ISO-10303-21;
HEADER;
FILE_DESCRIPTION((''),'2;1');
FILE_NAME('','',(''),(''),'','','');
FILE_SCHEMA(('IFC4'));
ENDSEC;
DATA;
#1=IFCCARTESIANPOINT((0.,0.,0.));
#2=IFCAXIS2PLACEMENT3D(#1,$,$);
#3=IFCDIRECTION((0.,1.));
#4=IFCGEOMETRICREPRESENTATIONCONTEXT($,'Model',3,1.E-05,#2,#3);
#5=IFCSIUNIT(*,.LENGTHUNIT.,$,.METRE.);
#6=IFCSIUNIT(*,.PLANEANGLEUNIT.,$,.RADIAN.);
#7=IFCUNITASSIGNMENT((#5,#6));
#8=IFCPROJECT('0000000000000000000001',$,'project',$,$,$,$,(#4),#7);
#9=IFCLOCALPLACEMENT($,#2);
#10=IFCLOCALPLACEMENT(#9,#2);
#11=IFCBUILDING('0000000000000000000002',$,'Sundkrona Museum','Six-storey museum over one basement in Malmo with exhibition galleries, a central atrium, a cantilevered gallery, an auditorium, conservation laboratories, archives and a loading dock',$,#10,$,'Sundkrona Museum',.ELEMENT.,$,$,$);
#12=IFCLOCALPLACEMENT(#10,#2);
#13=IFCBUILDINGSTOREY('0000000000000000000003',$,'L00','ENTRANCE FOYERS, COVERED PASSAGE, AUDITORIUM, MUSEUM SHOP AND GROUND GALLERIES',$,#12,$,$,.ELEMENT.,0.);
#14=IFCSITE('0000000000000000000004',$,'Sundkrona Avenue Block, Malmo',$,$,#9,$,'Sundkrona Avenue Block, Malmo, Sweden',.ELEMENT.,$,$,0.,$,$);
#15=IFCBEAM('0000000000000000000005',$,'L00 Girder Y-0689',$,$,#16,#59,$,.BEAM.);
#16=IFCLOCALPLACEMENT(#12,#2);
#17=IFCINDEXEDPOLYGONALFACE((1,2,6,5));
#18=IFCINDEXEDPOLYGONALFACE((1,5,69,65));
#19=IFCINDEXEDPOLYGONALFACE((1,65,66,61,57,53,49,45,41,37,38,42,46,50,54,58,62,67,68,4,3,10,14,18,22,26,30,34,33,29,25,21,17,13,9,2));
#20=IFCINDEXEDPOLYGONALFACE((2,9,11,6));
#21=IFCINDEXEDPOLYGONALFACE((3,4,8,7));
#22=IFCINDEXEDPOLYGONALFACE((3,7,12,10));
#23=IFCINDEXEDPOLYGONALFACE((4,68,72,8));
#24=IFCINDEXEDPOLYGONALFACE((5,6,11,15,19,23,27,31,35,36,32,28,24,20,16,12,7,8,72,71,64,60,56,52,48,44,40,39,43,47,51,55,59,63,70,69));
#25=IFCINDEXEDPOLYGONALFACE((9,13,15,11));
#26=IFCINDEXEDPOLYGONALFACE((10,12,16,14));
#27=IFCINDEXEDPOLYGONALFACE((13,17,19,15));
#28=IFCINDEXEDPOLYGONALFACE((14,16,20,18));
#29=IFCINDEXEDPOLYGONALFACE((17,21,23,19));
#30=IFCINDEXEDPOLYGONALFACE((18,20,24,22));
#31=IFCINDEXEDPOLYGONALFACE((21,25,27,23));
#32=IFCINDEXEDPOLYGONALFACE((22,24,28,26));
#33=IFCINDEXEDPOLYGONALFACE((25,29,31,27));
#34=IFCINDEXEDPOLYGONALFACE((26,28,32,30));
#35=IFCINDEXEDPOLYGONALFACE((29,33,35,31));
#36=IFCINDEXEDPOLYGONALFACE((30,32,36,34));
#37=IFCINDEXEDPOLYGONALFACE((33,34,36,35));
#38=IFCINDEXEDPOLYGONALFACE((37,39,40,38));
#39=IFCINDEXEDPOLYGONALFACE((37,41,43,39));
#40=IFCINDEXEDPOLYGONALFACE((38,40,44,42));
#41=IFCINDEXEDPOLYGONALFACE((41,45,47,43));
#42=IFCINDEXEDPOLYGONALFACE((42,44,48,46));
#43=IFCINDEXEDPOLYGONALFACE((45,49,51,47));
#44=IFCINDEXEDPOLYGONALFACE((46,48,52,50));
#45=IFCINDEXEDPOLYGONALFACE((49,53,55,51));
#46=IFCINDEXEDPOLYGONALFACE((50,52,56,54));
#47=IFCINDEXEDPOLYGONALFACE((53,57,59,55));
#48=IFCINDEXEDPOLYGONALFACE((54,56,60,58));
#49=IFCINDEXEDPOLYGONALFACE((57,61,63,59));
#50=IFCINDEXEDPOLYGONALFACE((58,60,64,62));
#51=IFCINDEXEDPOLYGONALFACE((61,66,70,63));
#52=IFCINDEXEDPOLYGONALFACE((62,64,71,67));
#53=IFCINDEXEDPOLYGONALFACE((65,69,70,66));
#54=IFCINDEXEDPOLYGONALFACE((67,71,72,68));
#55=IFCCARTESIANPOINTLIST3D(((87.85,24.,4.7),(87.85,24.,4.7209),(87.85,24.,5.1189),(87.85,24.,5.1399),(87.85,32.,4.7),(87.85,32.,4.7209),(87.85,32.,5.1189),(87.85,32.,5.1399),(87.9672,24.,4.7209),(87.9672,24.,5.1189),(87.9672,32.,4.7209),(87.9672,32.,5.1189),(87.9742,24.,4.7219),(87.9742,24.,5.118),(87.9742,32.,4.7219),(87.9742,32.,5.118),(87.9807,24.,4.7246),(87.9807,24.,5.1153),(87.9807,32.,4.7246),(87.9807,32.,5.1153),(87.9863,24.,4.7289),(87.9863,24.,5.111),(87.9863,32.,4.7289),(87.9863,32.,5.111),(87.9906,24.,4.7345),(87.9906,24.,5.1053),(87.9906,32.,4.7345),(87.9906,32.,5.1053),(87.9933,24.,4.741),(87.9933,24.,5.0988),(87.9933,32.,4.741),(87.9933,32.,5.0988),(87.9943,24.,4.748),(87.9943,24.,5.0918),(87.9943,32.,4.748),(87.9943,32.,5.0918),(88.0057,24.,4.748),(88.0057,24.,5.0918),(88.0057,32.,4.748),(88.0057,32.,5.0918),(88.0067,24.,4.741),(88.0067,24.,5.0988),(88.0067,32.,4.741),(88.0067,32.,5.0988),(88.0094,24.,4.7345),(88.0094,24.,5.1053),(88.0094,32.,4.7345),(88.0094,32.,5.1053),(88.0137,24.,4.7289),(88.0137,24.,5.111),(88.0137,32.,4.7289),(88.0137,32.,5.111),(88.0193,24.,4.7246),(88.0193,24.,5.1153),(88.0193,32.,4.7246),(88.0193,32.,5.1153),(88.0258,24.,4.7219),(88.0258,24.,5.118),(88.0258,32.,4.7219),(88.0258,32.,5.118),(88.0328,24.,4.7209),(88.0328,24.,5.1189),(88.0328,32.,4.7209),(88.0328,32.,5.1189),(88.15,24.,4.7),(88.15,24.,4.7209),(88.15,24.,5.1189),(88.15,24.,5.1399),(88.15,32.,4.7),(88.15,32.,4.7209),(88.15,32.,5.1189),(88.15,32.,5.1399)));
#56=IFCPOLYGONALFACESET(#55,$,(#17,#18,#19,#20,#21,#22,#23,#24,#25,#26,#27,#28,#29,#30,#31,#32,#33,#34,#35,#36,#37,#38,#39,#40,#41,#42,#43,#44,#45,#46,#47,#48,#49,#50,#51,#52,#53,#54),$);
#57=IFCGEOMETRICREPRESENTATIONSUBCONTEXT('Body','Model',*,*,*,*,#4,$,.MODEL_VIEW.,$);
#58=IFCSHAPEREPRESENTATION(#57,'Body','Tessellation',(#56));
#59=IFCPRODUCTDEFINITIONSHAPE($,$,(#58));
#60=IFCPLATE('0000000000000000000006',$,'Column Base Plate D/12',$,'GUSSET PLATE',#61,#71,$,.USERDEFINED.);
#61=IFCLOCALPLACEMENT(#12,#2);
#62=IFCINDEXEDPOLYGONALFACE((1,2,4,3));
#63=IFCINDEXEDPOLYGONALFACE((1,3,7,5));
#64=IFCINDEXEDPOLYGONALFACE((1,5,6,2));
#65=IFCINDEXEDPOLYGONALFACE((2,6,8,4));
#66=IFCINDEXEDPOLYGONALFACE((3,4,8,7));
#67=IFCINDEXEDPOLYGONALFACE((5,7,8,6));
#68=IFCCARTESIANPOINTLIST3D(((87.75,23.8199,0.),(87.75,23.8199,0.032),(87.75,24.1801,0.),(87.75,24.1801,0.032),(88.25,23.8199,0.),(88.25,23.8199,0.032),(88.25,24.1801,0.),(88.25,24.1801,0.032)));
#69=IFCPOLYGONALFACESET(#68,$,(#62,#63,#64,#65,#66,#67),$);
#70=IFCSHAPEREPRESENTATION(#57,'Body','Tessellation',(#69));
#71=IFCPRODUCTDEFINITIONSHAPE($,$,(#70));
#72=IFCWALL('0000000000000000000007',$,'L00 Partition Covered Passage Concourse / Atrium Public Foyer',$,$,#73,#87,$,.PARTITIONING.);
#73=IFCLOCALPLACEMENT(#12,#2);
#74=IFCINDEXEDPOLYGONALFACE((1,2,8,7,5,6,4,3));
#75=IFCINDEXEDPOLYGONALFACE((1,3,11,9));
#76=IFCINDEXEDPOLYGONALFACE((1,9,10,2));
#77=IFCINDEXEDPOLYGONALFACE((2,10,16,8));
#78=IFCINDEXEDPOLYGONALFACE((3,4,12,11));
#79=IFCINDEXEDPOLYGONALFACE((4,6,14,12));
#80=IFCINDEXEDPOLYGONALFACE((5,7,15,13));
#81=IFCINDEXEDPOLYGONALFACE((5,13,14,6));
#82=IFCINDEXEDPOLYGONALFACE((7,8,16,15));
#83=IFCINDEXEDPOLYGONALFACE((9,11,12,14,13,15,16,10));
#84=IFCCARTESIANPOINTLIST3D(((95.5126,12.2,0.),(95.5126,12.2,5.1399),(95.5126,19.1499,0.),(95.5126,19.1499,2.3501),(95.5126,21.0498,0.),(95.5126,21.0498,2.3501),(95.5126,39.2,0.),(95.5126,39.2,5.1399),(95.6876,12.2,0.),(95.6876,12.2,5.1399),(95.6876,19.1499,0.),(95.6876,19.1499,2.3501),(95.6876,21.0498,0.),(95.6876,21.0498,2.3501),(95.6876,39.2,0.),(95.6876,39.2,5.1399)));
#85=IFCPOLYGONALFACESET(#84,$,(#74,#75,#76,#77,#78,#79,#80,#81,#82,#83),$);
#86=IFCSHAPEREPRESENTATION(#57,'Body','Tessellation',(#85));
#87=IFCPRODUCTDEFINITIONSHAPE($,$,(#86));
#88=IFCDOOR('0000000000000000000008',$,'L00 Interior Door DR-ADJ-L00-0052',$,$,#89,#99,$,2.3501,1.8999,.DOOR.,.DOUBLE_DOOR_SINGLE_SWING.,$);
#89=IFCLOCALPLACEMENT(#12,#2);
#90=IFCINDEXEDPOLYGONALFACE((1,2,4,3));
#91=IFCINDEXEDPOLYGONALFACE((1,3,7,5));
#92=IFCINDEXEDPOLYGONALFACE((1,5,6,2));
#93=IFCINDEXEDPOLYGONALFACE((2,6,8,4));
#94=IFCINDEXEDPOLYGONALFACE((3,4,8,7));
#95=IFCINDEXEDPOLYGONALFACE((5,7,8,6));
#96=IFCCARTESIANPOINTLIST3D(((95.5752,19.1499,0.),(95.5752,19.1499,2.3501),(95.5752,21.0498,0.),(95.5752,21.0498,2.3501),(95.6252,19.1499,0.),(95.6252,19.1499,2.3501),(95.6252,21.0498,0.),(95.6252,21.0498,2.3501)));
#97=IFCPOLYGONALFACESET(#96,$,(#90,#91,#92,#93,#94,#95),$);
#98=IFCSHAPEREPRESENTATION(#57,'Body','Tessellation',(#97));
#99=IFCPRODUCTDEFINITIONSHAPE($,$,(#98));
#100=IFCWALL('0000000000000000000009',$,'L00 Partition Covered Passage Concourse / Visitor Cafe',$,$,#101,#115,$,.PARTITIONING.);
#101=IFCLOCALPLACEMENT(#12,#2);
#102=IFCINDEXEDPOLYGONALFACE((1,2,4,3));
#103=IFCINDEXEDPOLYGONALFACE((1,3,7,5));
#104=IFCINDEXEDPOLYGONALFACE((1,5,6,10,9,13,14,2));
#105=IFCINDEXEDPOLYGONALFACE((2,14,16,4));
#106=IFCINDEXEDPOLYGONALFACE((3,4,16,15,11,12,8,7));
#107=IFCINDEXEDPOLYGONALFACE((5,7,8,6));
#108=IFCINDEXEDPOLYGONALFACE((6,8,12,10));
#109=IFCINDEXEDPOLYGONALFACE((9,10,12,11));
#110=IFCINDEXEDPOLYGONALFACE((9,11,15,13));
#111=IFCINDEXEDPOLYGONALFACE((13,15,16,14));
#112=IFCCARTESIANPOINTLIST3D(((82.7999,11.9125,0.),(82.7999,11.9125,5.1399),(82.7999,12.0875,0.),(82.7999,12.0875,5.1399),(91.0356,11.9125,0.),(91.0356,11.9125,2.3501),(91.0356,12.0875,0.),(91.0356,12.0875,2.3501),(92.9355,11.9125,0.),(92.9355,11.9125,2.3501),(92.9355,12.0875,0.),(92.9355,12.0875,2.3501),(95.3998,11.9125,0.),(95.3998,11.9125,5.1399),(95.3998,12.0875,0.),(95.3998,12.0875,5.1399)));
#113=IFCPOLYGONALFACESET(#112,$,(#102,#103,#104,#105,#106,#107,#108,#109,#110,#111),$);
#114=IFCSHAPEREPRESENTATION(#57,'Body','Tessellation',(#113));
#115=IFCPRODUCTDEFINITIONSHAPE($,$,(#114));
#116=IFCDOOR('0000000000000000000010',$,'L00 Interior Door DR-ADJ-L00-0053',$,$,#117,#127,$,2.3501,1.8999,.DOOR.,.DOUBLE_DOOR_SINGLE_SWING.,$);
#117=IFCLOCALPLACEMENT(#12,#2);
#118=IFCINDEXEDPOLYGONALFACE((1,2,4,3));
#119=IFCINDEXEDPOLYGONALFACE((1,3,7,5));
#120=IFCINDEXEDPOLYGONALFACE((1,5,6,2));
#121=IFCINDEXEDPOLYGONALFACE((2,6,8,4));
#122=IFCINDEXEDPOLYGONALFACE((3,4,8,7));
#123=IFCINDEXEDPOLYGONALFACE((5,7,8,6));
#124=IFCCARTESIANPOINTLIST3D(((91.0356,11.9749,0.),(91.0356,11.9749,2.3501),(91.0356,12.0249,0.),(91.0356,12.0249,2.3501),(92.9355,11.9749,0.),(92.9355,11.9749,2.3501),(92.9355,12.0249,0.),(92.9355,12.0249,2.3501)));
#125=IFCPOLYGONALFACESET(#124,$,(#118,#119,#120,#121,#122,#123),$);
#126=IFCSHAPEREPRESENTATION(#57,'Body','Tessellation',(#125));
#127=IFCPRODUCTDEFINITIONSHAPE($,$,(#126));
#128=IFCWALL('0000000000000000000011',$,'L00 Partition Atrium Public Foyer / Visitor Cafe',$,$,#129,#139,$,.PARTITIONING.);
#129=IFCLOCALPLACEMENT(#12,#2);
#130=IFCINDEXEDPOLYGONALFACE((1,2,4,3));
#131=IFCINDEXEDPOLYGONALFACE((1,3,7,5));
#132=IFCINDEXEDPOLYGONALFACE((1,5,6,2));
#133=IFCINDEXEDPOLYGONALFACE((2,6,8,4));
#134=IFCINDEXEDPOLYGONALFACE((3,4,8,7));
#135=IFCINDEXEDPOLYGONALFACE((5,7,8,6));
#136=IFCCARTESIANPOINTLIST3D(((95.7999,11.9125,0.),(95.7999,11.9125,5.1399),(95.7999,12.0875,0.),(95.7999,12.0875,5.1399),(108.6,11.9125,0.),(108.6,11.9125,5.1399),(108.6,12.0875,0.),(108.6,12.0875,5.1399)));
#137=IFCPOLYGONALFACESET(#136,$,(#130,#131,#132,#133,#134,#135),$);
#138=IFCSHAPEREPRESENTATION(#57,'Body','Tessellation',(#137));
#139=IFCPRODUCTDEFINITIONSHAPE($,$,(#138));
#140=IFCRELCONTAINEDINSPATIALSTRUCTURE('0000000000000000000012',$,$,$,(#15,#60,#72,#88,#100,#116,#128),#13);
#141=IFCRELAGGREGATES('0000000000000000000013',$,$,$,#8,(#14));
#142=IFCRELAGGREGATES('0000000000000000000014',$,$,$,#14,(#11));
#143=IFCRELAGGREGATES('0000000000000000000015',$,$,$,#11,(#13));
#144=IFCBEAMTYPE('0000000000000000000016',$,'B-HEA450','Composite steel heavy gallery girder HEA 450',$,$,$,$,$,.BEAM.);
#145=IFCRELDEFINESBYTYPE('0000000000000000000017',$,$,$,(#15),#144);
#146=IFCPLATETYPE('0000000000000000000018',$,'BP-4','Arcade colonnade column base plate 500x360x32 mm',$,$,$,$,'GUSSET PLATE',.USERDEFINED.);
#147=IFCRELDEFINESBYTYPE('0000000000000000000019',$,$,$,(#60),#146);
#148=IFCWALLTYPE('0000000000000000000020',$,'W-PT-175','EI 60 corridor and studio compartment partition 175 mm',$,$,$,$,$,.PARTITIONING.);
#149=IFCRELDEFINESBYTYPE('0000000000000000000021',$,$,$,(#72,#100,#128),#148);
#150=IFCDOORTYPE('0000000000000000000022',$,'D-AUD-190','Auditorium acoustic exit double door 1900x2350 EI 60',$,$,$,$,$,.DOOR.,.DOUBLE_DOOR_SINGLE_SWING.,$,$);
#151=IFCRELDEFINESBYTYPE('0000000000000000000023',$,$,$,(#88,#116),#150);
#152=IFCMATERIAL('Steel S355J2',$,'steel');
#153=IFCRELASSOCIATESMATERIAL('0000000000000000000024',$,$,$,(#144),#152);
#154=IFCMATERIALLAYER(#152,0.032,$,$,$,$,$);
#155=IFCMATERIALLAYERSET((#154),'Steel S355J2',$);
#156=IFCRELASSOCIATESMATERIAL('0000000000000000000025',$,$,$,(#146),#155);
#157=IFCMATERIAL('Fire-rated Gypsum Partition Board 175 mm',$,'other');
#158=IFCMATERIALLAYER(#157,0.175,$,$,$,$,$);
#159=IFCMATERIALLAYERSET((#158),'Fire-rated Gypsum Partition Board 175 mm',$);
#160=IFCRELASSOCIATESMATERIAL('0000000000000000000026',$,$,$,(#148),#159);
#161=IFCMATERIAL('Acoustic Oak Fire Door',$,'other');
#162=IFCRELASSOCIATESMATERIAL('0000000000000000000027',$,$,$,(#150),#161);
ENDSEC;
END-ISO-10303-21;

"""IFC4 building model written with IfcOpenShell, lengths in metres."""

from ifc_helpers import new_model, si_unit, direction, frame, frame_2d, origin, origin_2d, place, context, subcontext, project, spatial, rectangle, i_section, extrude, material, layer, layer_set, material_profile, profile_set, type_object, element, fill, save


model = new_model("IFC4")

# Units and contexts
model_context = context("Model", 3, precision=1e-05, world=origin(), true_north=direction((0.0, 1.0)))
body_context = subcontext(model_context, "Body", "Model", "MODEL_VIEW")
ifc_project = project(units=[si_unit("LENGTHUNIT", "METRE"), si_unit("PLANEANGLEUNIT", "RADIAN")], contexts=[model_context])

# Site, building, storey
site_placement = place(None, origin())
site = spatial("IfcSite", under=ifc_project, at=site_placement, Name="Sundkrona Avenue Block, Malmo", LongName="Sundkrona Avenue Block, Malmo, Sweden", CompositionType="ELEMENT", RefElevation=0.0)
building_placement = place(site_placement, origin())
building = spatial("IfcBuilding", under=site, at=building_placement, Name="Sundkrona Museum", Description="Six-storey museum over one basement in Malmo with exhibition galleries, a central atrium, a cantilevered gallery, an auditorium, conservation laboratories, archives and a loading dock", LongName="Sundkrona Museum", CompositionType="ELEMENT")
storey_placement = place(building_placement, origin())
storey = spatial("IfcBuildingStorey", under=building, at=storey_placement, Name="L00", Description="ENTRANCE FOYERS, COVERED PASSAGE, AUDITORIUM, MUSEUM SHOP AND GROUND GALLERIES", CompositionType="ELEMENT", Elevation=0.0)

# Shared definitions
ifc_material_1 = material(Name="Steel S355J2", Category="steel")

# Beam
ifc_material_profile_1 = material_profile(ifc_material_1, i_section(OverallWidth=0.3, OverallDepth=0.4399, WebThickness=0.0115, FlangeThickness=0.021, FilletRadius=0.0271, at=origin_2d()), Name="HEA 450")
ifc_profile_set_1 = profile_set([ifc_material_profile_1], Name="Steel S355J2")
beam_type = type_object("IfcBeamType", Name="B-HEA450", Description="Composite steel heavy gallery girder HEA 450", PredefinedType="BEAM", material=ifc_profile_set_1)
for number, where, z_axis, x_axis, name in (
    (1, (88.0, 24.0, 4.9199), (0.0, 1.0, 0.0), (-1.0, 0.0, 0.0), "L00 Girder Y-0689"),
):
    element("IfcBeam", number, at=place(storey_placement, frame(where, z_axis=z_axis, x_axis=x_axis)), inside=storey, type_object=beam_type, Name=name, PredefinedType="BEAM", context=body_context, shape_type="SweptSolid", body=[
        extrude(i_section(OverallWidth=0.3, OverallDepth=0.4399, WebThickness=0.0115, FlangeThickness=0.021, FilletRadius=0.0271, at=origin_2d()), origin(), (0.0, 0.0, 1.0), 8.0),
    ])

# Plate
ifc_layer_1 = layer(ifc_material_1, 0.032)
ifc_layer_set_1 = layer_set([ifc_layer_1], Name="Steel S355J2")
plate_type = type_object("IfcPlateType", Name="BP-4", Description="Arcade colonnade column base plate 500x360x32 mm", ElementType="GUSSET PLATE", PredefinedType="USERDEFINED", material=ifc_layer_set_1)
plate_placement = place(storey_placement, frame((88.0, 24.0, 0.0), z_axis=(0.0, 0.0, 1.0), x_axis=(1.0, 0.0, 0.0)))
element("IfcPlate", 2, at=plate_placement, inside=storey, type_object=plate_type, Name="Column Base Plate D/12", ObjectType="GUSSET PLATE", PredefinedType="USERDEFINED", context=body_context, shape_type="SweptSolid", body=[
    extrude(rectangle(XDim=0.5, YDim=0.3601, at=origin_2d()), origin(), (0.0, 0.0, 1.0), 0.032),
])

# Walls, openings, doors
ifc_material_2 = material(Name="Fire-rated Gypsum Partition Board 175 mm", Category="other")
ifc_layer_2 = layer(ifc_material_2, 0.175)
ifc_layer_set_2 = layer_set([ifc_layer_2], Name="Fire-rated Gypsum Partition Board 175 mm")
wall_type = type_object("IfcWallType", Name="W-PT-175", Description="EI 60 corridor and studio compartment partition 175 mm", PredefinedType="PARTITIONING", material=ifc_layer_set_2)
wall_1_placement = place(storey_placement, frame((95.6001, 12.2, 0.0), z_axis=(0.0, 0.0, 1.0), x_axis=(0.0, 1.0, 0.0)))
wall_1 = element("IfcWall", 3, at=wall_1_placement, inside=storey, type_object=wall_type, Name="L00 Partition Covered Passage Concourse / Atrium Public Foyer", PredefinedType="PARTITIONING", context=body_context, shape_type="SweptSolid", body=[
    extrude(rectangle(XDim=27.0, YDim=0.175, at=frame_2d((13.5, 0.0))), origin(), (0.0, 0.0, 1.0), 5.1399),
])
opening_1_placement = place(wall_1_placement, frame((6.95, 0.0, 0.0)))
opening_1 = element("IfcOpeningElement", 4, at=opening_1_placement, cuts=wall_1, PredefinedType="OPENING", context=body_context, shape_type="SweptSolid", body=[
    extrude(rectangle(XDim=1.8999, YDim=2.3501, at=frame_2d((0.95, 1.175))), frame((0.0, 0.0974, 0.0), z_axis=(0.0, -1.0, 0.0), x_axis=(1.0, 0.0, 0.0)), (0.0, 0.0, 1.0), 0.1951),
])
ifc_material_3 = material(Name="Acoustic Oak Fire Door", Category="other")
door_type = type_object("IfcDoorType", Name="D-AUD-190", Description="Auditorium acoustic exit double door 1900x2350 EI 60", OperationType="DOUBLE_DOOR_SINGLE_SWING", PredefinedType="DOOR", material=ifc_material_3)
door_1_placement = place(opening_1_placement, origin())
door_1 = element("IfcDoor", 5, at=door_1_placement, inside=storey, type_object=door_type, Name="L00 Interior Door DR-ADJ-L00-0052", OperationType="DOUBLE_DOOR_SINGLE_SWING", OverallHeight=2.3501, OverallWidth=1.8999, PredefinedType="DOOR", context=body_context, shape_type="SweptSolid", body=[
    extrude(rectangle(XDim=1.8999, YDim=2.3501, at=frame_2d((0.95, 1.175))), frame((0.0, 0.0249, 0.0), z_axis=(0.0, -1.0, 0.0), x_axis=(1.0, 0.0, 0.0)), (0.0, 0.0, 1.0), 0.05),
])
fill(opening_1, door_1)
wall_2_placement = place(storey_placement, frame((82.8, 12.0, 0.0), z_axis=(0.0, 0.0, 1.0), x_axis=(1.0, 0.0, 0.0)))
wall_2 = element("IfcWall", 6, at=wall_2_placement, inside=storey, type_object=wall_type, Name="L00 Partition Covered Passage Concourse / Visitor Cafe", PredefinedType="PARTITIONING", context=body_context, shape_type="SweptSolid", body=[
    extrude(rectangle(XDim=12.5999, YDim=0.175, at=frame_2d((6.2998, 0.0))), origin(), (0.0, 0.0, 1.0), 5.1399),
])
opening_2_placement = place(wall_2_placement, frame((8.2356, 0.0, 0.0)))
opening_2 = element("IfcOpeningElement", 7, at=opening_2_placement, cuts=wall_2, PredefinedType="OPENING", context=body_context, shape_type="SweptSolid", body=[
    extrude(rectangle(XDim=1.8999, YDim=2.3501, at=frame_2d((0.95, 1.175))), frame((0.0, 0.0974, 0.0), z_axis=(0.0, -1.0, 0.0), x_axis=(1.0, 0.0, 0.0)), (0.0, 0.0, 1.0), 0.1951),
])
door_2_placement = place(opening_2_placement, origin())
door_2 = element("IfcDoor", 8, at=door_2_placement, inside=storey, type_object=door_type, Name="L00 Interior Door DR-ADJ-L00-0053", OperationType="DOUBLE_DOOR_SINGLE_SWING", OverallHeight=2.3501, OverallWidth=1.8999, PredefinedType="DOOR", context=body_context, shape_type="SweptSolid", body=[
    extrude(rectangle(XDim=1.8999, YDim=2.3501, at=frame_2d((0.95, 1.175))), frame((0.0, 0.0249, 0.0), z_axis=(0.0, -1.0, 0.0), x_axis=(1.0, 0.0, 0.0)), (0.0, 0.0, 1.0), 0.05),
])
fill(opening_2, door_2)

# Wall
wall_3_placement = place(storey_placement, frame((95.8, 12.0, 0.0), z_axis=(0.0, 0.0, 1.0), x_axis=(1.0, 0.0, 0.0)))
element("IfcWall", 9, at=wall_3_placement, inside=storey, type_object=wall_type, Name="L00 Partition Atrium Public Foyer / Visitor Cafe", PredefinedType="PARTITIONING", context=body_context, shape_type="SweptSolid", body=[
    extrude(rectangle(XDim=12.8, YDim=0.175, at=frame_2d((6.3999, 0.0))), origin(), (0.0, 0.0, 1.0), 5.1399),
])

save(model, "model.ifc")
